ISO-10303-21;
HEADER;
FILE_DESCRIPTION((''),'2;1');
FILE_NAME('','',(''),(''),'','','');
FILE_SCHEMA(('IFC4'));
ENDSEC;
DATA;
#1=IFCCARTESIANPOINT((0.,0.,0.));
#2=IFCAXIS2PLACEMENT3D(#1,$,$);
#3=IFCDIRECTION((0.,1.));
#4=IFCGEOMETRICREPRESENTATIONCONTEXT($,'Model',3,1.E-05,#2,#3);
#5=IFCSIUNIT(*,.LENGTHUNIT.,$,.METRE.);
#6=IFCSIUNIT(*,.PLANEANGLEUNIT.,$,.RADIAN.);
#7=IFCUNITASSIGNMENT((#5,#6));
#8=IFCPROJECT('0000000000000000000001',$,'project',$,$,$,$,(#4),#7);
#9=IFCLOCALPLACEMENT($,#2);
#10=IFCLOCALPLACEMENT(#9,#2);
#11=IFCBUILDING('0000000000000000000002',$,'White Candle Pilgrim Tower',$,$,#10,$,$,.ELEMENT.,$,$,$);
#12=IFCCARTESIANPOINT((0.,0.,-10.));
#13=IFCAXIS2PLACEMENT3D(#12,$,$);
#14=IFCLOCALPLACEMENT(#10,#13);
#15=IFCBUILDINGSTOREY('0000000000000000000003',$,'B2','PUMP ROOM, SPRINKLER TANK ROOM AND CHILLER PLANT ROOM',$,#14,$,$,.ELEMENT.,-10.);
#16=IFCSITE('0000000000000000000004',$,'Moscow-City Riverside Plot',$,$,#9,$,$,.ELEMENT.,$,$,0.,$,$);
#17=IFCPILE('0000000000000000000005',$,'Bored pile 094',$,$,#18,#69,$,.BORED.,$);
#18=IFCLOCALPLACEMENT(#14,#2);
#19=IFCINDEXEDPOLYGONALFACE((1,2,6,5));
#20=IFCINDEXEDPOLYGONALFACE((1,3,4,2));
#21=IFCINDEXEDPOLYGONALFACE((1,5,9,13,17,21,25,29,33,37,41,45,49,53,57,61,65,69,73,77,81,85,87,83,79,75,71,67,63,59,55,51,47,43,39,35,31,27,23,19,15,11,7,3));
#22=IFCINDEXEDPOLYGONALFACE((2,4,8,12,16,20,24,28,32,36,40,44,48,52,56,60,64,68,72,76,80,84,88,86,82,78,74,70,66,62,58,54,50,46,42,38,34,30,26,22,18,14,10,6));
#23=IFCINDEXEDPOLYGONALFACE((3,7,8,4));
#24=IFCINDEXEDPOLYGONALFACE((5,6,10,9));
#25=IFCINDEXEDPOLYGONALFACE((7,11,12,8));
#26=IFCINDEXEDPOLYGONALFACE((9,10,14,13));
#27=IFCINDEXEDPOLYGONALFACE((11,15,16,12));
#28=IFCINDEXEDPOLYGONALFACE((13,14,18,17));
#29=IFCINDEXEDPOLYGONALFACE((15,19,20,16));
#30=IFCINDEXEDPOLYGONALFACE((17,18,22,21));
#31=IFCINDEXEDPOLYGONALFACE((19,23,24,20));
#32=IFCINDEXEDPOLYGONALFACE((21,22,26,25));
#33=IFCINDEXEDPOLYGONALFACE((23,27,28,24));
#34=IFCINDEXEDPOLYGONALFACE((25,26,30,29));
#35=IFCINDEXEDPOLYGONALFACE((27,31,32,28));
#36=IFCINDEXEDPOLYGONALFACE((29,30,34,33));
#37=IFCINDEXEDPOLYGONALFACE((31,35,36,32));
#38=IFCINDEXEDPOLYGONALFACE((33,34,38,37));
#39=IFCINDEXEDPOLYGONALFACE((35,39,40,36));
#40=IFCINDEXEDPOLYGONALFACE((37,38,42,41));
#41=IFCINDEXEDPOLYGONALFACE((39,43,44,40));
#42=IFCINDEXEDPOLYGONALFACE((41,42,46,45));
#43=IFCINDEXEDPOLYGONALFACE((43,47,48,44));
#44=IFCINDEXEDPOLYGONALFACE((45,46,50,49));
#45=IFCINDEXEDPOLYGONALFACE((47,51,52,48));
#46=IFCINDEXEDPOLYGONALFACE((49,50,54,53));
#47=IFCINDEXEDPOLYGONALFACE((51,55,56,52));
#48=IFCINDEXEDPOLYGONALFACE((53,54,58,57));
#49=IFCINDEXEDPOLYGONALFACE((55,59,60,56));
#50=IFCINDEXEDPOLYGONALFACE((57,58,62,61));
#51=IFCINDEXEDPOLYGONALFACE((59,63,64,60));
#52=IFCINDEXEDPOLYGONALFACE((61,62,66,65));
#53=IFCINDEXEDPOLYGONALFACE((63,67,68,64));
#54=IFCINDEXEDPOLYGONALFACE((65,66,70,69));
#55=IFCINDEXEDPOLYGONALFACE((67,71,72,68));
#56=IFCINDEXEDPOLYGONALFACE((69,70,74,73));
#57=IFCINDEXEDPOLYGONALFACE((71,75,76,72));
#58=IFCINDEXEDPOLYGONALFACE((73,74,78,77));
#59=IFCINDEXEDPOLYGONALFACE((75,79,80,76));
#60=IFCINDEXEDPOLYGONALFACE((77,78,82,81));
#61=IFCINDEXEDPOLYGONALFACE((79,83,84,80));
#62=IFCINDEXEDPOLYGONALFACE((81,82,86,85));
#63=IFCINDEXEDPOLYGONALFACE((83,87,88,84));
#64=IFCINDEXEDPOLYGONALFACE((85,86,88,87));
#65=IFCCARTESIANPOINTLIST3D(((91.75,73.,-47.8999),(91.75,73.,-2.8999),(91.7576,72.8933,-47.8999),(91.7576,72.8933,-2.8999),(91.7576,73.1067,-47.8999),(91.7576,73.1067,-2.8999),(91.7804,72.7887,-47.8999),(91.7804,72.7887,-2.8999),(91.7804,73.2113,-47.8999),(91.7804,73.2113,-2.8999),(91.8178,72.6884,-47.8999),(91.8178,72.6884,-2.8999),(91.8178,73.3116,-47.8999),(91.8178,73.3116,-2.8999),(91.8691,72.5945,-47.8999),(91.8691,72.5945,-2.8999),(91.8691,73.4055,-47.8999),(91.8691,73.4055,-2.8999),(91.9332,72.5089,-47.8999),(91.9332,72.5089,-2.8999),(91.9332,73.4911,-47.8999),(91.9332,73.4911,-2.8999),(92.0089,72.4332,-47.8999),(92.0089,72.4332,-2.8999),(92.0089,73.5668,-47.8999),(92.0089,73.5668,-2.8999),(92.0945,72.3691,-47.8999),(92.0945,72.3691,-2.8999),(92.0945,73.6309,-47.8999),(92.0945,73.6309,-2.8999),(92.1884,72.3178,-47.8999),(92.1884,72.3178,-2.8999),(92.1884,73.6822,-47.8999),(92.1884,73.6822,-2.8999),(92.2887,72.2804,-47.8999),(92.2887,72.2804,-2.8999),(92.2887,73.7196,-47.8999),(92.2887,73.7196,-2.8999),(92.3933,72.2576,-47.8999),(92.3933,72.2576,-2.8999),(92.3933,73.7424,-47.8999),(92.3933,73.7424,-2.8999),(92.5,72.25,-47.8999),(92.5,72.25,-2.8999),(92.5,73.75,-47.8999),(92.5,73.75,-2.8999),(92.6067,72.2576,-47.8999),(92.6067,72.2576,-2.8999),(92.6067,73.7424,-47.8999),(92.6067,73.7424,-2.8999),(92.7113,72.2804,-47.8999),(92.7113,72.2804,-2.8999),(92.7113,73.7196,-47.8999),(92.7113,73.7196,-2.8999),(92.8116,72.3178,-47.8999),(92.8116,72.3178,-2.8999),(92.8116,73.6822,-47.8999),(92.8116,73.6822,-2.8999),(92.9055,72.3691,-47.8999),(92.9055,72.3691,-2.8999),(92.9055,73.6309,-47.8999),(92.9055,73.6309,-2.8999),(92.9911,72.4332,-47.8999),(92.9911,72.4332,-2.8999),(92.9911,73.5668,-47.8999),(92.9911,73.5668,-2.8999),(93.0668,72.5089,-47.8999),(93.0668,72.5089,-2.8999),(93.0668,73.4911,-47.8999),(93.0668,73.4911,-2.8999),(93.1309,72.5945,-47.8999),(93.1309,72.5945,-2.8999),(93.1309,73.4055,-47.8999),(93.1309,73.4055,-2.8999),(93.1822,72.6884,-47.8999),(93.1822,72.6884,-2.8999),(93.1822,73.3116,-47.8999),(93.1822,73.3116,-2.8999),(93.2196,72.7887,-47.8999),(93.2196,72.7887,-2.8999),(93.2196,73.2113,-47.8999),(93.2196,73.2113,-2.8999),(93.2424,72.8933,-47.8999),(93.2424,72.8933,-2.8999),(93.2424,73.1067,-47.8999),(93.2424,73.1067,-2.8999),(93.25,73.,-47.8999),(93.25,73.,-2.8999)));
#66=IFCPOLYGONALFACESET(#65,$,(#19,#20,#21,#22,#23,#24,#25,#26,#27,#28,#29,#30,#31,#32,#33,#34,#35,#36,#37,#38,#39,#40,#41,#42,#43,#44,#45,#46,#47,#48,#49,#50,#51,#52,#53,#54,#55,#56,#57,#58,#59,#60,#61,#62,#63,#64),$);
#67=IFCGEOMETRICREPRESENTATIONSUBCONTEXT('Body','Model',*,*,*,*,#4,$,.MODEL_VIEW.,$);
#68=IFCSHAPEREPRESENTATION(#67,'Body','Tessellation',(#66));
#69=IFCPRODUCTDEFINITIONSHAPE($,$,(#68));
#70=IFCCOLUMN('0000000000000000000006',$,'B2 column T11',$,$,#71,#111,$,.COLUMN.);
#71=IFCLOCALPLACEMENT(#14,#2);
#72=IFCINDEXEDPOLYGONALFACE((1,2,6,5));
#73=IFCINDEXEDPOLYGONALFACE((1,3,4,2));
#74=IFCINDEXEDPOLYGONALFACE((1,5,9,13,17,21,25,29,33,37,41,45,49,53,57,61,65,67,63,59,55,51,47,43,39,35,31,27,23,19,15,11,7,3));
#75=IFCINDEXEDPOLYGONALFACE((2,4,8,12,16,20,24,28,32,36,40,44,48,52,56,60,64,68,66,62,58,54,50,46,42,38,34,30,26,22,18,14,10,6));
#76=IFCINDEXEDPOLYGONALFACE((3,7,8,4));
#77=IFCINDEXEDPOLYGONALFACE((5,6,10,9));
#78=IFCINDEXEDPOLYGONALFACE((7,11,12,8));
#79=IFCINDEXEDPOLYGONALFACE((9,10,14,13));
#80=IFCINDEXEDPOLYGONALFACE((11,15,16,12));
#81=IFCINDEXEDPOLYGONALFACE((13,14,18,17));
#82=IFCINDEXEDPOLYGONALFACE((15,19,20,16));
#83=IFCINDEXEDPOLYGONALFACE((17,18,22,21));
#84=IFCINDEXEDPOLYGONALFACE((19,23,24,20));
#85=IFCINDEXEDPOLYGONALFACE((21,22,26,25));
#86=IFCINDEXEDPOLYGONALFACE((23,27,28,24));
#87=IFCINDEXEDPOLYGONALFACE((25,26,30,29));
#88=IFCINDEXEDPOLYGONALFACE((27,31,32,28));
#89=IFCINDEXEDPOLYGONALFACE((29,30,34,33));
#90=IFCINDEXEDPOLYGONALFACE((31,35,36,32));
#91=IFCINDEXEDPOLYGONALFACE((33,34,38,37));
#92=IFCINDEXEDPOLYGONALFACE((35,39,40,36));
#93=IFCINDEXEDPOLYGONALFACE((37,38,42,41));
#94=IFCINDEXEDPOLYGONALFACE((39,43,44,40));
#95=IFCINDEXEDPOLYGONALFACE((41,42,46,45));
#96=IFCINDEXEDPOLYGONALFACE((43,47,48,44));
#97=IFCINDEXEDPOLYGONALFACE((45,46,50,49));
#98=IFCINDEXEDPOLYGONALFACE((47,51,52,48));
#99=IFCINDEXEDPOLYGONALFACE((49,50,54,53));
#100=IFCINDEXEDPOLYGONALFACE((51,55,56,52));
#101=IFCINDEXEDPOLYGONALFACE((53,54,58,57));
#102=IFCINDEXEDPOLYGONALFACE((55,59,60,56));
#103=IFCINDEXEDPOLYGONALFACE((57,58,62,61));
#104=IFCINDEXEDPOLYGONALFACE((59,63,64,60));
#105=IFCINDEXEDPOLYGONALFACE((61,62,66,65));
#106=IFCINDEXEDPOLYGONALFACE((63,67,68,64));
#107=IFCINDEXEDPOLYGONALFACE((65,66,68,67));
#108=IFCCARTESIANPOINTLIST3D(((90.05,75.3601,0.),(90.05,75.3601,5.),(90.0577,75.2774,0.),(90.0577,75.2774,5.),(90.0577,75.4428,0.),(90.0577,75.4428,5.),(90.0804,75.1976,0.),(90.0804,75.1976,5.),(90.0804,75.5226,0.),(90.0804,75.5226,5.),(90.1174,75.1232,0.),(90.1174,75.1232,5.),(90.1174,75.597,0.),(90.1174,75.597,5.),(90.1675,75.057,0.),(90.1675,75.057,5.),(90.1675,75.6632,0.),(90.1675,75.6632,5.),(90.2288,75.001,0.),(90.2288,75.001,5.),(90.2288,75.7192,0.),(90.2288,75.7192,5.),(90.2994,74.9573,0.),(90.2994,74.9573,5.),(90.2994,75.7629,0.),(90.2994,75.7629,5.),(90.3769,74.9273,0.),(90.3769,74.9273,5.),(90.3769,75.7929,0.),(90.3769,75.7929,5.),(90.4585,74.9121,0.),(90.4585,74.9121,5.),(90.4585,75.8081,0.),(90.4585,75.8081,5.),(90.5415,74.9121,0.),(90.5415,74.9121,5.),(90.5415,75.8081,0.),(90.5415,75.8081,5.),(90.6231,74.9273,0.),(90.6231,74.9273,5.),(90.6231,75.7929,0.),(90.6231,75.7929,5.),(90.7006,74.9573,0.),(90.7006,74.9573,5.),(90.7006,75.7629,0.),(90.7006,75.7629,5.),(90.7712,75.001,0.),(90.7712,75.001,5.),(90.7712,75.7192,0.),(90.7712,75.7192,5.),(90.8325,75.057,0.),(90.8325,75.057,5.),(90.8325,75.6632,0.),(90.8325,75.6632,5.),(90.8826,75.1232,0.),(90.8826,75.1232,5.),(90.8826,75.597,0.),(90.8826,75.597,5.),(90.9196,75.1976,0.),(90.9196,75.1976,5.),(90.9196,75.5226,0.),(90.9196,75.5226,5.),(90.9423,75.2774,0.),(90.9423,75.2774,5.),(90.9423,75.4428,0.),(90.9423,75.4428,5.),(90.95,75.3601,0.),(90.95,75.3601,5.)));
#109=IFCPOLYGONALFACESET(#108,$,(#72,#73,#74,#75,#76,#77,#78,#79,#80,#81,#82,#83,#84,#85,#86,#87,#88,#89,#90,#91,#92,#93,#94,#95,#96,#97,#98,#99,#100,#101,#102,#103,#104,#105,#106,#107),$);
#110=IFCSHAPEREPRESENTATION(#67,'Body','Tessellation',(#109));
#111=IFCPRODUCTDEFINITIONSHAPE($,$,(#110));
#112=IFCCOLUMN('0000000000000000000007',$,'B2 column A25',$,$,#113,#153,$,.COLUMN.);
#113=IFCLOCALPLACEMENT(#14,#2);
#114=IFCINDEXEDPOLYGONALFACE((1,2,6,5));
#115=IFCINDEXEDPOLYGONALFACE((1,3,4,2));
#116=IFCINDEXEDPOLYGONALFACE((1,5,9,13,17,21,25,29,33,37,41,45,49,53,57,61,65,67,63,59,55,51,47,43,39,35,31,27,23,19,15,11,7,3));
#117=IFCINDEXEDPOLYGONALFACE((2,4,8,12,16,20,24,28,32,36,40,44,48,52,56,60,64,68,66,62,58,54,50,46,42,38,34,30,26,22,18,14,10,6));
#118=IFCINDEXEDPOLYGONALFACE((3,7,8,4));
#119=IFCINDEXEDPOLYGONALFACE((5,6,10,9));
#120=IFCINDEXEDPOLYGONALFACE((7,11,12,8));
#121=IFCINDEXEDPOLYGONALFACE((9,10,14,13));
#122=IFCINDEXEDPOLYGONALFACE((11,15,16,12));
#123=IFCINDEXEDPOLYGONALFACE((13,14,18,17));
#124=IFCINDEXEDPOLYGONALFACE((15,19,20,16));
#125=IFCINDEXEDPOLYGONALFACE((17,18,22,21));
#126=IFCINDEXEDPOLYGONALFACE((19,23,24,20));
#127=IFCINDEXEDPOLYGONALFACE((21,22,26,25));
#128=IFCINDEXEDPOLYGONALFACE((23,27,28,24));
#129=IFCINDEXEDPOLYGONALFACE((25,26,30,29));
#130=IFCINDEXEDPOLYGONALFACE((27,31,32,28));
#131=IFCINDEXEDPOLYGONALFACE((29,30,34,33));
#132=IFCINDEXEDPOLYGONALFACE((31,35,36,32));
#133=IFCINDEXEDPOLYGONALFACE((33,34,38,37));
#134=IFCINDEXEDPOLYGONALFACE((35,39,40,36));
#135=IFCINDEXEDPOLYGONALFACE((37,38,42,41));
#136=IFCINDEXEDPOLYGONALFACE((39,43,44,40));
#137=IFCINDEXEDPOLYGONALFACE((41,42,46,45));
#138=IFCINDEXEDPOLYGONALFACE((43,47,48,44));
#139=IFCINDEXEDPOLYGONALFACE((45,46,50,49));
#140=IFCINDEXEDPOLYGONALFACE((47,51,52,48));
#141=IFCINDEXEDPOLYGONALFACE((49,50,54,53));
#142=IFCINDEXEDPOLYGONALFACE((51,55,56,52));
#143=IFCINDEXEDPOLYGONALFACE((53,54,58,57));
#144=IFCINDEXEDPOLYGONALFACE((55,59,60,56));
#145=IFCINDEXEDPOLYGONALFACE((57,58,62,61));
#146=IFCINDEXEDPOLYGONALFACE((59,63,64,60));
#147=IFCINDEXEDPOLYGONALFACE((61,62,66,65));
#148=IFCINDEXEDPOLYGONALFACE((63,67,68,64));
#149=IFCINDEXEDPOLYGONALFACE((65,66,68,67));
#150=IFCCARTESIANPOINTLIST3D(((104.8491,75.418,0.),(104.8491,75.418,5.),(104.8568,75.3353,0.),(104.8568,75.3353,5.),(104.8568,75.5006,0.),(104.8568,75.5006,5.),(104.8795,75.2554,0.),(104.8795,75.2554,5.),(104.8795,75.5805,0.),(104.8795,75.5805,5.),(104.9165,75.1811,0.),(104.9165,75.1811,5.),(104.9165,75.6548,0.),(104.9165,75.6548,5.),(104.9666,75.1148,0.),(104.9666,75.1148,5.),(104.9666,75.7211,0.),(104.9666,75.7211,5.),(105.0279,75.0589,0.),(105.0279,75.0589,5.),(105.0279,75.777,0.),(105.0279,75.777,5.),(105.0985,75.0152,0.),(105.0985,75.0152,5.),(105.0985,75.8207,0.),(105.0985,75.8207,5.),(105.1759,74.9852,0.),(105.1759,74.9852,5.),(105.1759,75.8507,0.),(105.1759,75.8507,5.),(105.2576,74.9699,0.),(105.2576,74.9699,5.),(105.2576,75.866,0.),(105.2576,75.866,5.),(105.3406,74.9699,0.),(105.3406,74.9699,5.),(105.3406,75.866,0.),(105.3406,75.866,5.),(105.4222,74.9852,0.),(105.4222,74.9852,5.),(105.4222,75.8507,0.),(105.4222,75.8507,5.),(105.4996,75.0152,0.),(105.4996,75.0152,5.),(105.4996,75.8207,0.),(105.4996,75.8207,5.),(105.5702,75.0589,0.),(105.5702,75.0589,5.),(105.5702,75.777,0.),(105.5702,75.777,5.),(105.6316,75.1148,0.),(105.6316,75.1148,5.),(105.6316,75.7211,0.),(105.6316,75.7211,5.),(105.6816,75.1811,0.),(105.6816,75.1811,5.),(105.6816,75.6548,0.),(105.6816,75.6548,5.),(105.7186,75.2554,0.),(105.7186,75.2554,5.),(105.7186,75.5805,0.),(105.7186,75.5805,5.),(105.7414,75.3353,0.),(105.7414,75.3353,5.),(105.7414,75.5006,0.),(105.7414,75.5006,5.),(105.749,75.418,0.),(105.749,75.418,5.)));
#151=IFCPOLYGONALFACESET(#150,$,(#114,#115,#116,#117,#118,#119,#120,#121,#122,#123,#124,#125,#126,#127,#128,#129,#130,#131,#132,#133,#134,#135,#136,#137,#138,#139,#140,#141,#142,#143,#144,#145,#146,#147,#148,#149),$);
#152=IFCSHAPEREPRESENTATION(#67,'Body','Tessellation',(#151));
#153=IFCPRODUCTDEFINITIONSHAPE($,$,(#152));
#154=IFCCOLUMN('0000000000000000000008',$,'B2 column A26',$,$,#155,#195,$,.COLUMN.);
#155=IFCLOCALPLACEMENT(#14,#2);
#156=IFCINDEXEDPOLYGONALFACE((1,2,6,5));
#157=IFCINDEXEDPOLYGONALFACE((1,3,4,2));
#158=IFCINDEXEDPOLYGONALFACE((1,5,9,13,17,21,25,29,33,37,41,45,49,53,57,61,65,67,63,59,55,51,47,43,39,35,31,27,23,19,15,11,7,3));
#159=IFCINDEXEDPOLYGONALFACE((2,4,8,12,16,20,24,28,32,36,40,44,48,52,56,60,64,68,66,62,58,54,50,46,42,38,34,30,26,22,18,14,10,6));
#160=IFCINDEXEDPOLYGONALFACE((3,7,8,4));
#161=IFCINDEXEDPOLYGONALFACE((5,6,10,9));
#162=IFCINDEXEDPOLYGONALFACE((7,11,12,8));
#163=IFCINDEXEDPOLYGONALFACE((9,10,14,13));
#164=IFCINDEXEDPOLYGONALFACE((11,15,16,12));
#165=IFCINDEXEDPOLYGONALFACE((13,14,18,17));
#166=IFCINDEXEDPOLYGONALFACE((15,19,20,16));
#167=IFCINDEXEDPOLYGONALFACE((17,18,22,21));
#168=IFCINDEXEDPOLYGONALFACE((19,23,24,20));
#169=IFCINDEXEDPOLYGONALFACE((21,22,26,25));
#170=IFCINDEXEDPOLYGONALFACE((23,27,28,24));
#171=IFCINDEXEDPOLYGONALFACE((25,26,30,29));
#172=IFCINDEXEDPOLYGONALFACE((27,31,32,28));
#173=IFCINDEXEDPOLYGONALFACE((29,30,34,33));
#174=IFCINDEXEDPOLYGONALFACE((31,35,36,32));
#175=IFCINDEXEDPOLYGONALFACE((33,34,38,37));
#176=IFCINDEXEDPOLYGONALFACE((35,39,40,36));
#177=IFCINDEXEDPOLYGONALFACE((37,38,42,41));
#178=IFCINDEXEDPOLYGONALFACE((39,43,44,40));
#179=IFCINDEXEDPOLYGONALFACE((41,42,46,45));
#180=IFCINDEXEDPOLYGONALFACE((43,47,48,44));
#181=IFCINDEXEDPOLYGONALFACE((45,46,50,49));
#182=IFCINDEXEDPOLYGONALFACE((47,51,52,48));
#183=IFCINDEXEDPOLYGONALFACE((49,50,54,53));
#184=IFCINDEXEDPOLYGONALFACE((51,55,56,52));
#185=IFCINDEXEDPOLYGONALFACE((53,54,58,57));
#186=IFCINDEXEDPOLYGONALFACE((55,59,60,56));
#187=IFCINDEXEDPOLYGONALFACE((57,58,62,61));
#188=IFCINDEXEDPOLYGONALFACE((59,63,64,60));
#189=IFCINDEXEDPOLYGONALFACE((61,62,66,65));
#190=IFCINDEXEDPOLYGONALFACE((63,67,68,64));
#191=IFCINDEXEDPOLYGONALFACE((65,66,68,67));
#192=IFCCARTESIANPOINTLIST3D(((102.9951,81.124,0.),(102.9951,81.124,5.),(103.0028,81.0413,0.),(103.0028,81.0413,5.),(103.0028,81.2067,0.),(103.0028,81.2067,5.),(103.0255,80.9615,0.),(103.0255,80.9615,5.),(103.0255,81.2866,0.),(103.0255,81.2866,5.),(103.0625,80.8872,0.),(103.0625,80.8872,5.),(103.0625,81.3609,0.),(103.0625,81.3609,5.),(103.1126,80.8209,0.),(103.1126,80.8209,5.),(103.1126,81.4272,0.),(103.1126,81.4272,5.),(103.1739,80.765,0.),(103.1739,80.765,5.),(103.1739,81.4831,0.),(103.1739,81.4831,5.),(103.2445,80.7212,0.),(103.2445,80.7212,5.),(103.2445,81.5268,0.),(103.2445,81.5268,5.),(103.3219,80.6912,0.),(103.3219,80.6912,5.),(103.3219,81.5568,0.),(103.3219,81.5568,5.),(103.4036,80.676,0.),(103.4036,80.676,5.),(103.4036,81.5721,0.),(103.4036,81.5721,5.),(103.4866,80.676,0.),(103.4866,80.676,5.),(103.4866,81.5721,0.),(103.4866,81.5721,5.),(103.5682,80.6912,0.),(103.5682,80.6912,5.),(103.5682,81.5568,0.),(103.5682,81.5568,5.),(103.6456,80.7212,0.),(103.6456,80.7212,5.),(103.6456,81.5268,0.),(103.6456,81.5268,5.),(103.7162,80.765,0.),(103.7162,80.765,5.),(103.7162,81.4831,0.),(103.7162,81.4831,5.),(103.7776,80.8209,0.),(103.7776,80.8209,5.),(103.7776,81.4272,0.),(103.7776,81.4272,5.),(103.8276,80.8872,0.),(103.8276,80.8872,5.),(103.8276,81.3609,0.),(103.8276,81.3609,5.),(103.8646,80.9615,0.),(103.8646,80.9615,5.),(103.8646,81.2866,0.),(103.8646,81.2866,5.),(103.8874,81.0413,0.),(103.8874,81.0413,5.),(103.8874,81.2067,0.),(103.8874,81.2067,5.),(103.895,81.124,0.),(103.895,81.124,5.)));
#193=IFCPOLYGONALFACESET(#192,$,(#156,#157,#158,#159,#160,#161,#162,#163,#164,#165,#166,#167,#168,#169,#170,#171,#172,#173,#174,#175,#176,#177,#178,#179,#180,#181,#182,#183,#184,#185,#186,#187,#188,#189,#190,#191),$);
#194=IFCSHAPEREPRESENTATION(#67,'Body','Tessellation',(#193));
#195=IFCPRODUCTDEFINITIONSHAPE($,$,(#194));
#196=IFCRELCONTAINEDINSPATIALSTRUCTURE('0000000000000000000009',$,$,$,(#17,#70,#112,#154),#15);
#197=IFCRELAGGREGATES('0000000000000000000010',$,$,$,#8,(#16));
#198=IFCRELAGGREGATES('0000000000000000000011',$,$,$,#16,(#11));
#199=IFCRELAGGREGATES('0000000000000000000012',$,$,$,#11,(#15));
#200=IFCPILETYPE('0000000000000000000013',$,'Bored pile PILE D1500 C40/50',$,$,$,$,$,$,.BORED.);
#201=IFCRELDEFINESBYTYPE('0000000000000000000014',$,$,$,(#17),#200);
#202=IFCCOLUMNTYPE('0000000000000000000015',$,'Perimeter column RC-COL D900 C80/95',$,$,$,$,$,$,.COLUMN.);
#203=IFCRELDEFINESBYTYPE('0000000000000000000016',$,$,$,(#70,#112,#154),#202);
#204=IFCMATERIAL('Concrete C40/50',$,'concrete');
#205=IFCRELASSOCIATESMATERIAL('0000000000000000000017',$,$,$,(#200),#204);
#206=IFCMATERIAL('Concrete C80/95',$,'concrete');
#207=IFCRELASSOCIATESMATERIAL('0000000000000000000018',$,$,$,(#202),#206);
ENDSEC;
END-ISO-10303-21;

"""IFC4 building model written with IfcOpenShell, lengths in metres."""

from ifc_helpers import new_model, si_unit, direction, frame, origin, origin_2d, place, context, subcontext, project, spatial, circle, extrude, material, material_profile, profile_set, type_object, element, save


model = new_model("IFC4")

# Units and contexts
model_context = context("Model", 3, precision=1e-05, world=origin(), true_north=direction((0.0, 1.0)))
body_context = subcontext(model_context, "Body", "Model", "MODEL_VIEW")
ifc_project = project(units=[si_unit("LENGTHUNIT", "METRE"), si_unit("PLANEANGLEUNIT", "RADIAN")], contexts=[model_context])

# Site, building, storey
site_placement = place(None, origin())
site = spatial("IfcSite", under=ifc_project, at=site_placement, Name="Moscow-City Riverside Plot", CompositionType="ELEMENT", RefElevation=0.0)
building_placement = place(site_placement, origin())
building = spatial("IfcBuilding", under=site, at=building_placement, Name="White Candle Pilgrim Tower", CompositionType="ELEMENT")
storey_placement = place(building_placement, frame((0.0, 0.0, -10.0)))
storey = spatial("IfcBuildingStorey", under=building, at=storey_placement, Name="B2", Description="PUMP ROOM, SPRINKLER TANK ROOM AND CHILLER PLANT ROOM", CompositionType="ELEMENT", Elevation=-10.0)

# Pile
ifc_material_1 = material(Name="Concrete C40/50", Category="concrete")
ifc_material_profile_1 = material_profile(ifc_material_1, circle(Radius=0.75, at=origin_2d()), Name="PILE D1500")
ifc_profile_set_1 = profile_set([ifc_material_profile_1], Name="Concrete C40/50")
pile_type_1 = type_object("IfcPileType", Name="Bored pile PILE D1500 C40/50", PredefinedType="BORED", material=ifc_profile_set_1)
for number, where, z_axis, x_axis, name in (
    (1, (92.5, 73.0, -2.8999), (0.0, 0.0, -1.0), (1.0, 0.0, 0.0), "Bored pile 094"),
):
    element("IfcPile", number, at=place(storey_placement, frame(where, z_axis=z_axis, x_axis=x_axis)), inside=storey, type_object=pile_type_1, Name=name, PredefinedType="BORED", context=body_context, shape_type="SweptSolid", body=[
        extrude(circle(Radius=0.75, at=origin_2d()), origin(), (0.0, 0.0, 1.0), 45.0),
    ])

# Columns
ifc_material_2 = material(Name="Concrete C80/95", Category="concrete")
ifc_material_profile_2 = material_profile(ifc_material_2, circle(Radius=0.45, at=origin_2d()), Name="RC-COL D900")
ifc_profile_set_2 = profile_set([ifc_material_profile_2], Name="Concrete C80/95")
column_type = type_object("IfcColumnType", Name="Perimeter column RC-COL D900 C80/95", PredefinedType="COLUMN", material=ifc_profile_set_2)
for number, where, z_axis, x_axis, name in (
    (2, (90.5, 75.3601, 0.0), (0.0, 0.0, 1.0), (1.0, 0.0, 0.0), "B2 column T11"),
    (3, (105.2991, 75.418, 0.0), (0.0, 0.0, 1.0), (1.0, 0.0, 0.0), "B2 column A25"),
    (4, (103.4451, 81.124, 0.0), (0.0, 0.0, 1.0), (1.0, 0.0, 0.0), "B2 column A26"),
):
    element("IfcColumn", number, at=place(storey_placement, frame(where, z_axis=z_axis, x_axis=x_axis)), inside=storey, type_object=column_type, Name=name, PredefinedType="COLUMN", context=body_context, shape_type="SweptSolid", body=[
        extrude(circle(Radius=0.45, at=origin_2d()), origin(), (0.0, 0.0, 1.0), 5.0),
    ])

save(model, "model.ifc")
